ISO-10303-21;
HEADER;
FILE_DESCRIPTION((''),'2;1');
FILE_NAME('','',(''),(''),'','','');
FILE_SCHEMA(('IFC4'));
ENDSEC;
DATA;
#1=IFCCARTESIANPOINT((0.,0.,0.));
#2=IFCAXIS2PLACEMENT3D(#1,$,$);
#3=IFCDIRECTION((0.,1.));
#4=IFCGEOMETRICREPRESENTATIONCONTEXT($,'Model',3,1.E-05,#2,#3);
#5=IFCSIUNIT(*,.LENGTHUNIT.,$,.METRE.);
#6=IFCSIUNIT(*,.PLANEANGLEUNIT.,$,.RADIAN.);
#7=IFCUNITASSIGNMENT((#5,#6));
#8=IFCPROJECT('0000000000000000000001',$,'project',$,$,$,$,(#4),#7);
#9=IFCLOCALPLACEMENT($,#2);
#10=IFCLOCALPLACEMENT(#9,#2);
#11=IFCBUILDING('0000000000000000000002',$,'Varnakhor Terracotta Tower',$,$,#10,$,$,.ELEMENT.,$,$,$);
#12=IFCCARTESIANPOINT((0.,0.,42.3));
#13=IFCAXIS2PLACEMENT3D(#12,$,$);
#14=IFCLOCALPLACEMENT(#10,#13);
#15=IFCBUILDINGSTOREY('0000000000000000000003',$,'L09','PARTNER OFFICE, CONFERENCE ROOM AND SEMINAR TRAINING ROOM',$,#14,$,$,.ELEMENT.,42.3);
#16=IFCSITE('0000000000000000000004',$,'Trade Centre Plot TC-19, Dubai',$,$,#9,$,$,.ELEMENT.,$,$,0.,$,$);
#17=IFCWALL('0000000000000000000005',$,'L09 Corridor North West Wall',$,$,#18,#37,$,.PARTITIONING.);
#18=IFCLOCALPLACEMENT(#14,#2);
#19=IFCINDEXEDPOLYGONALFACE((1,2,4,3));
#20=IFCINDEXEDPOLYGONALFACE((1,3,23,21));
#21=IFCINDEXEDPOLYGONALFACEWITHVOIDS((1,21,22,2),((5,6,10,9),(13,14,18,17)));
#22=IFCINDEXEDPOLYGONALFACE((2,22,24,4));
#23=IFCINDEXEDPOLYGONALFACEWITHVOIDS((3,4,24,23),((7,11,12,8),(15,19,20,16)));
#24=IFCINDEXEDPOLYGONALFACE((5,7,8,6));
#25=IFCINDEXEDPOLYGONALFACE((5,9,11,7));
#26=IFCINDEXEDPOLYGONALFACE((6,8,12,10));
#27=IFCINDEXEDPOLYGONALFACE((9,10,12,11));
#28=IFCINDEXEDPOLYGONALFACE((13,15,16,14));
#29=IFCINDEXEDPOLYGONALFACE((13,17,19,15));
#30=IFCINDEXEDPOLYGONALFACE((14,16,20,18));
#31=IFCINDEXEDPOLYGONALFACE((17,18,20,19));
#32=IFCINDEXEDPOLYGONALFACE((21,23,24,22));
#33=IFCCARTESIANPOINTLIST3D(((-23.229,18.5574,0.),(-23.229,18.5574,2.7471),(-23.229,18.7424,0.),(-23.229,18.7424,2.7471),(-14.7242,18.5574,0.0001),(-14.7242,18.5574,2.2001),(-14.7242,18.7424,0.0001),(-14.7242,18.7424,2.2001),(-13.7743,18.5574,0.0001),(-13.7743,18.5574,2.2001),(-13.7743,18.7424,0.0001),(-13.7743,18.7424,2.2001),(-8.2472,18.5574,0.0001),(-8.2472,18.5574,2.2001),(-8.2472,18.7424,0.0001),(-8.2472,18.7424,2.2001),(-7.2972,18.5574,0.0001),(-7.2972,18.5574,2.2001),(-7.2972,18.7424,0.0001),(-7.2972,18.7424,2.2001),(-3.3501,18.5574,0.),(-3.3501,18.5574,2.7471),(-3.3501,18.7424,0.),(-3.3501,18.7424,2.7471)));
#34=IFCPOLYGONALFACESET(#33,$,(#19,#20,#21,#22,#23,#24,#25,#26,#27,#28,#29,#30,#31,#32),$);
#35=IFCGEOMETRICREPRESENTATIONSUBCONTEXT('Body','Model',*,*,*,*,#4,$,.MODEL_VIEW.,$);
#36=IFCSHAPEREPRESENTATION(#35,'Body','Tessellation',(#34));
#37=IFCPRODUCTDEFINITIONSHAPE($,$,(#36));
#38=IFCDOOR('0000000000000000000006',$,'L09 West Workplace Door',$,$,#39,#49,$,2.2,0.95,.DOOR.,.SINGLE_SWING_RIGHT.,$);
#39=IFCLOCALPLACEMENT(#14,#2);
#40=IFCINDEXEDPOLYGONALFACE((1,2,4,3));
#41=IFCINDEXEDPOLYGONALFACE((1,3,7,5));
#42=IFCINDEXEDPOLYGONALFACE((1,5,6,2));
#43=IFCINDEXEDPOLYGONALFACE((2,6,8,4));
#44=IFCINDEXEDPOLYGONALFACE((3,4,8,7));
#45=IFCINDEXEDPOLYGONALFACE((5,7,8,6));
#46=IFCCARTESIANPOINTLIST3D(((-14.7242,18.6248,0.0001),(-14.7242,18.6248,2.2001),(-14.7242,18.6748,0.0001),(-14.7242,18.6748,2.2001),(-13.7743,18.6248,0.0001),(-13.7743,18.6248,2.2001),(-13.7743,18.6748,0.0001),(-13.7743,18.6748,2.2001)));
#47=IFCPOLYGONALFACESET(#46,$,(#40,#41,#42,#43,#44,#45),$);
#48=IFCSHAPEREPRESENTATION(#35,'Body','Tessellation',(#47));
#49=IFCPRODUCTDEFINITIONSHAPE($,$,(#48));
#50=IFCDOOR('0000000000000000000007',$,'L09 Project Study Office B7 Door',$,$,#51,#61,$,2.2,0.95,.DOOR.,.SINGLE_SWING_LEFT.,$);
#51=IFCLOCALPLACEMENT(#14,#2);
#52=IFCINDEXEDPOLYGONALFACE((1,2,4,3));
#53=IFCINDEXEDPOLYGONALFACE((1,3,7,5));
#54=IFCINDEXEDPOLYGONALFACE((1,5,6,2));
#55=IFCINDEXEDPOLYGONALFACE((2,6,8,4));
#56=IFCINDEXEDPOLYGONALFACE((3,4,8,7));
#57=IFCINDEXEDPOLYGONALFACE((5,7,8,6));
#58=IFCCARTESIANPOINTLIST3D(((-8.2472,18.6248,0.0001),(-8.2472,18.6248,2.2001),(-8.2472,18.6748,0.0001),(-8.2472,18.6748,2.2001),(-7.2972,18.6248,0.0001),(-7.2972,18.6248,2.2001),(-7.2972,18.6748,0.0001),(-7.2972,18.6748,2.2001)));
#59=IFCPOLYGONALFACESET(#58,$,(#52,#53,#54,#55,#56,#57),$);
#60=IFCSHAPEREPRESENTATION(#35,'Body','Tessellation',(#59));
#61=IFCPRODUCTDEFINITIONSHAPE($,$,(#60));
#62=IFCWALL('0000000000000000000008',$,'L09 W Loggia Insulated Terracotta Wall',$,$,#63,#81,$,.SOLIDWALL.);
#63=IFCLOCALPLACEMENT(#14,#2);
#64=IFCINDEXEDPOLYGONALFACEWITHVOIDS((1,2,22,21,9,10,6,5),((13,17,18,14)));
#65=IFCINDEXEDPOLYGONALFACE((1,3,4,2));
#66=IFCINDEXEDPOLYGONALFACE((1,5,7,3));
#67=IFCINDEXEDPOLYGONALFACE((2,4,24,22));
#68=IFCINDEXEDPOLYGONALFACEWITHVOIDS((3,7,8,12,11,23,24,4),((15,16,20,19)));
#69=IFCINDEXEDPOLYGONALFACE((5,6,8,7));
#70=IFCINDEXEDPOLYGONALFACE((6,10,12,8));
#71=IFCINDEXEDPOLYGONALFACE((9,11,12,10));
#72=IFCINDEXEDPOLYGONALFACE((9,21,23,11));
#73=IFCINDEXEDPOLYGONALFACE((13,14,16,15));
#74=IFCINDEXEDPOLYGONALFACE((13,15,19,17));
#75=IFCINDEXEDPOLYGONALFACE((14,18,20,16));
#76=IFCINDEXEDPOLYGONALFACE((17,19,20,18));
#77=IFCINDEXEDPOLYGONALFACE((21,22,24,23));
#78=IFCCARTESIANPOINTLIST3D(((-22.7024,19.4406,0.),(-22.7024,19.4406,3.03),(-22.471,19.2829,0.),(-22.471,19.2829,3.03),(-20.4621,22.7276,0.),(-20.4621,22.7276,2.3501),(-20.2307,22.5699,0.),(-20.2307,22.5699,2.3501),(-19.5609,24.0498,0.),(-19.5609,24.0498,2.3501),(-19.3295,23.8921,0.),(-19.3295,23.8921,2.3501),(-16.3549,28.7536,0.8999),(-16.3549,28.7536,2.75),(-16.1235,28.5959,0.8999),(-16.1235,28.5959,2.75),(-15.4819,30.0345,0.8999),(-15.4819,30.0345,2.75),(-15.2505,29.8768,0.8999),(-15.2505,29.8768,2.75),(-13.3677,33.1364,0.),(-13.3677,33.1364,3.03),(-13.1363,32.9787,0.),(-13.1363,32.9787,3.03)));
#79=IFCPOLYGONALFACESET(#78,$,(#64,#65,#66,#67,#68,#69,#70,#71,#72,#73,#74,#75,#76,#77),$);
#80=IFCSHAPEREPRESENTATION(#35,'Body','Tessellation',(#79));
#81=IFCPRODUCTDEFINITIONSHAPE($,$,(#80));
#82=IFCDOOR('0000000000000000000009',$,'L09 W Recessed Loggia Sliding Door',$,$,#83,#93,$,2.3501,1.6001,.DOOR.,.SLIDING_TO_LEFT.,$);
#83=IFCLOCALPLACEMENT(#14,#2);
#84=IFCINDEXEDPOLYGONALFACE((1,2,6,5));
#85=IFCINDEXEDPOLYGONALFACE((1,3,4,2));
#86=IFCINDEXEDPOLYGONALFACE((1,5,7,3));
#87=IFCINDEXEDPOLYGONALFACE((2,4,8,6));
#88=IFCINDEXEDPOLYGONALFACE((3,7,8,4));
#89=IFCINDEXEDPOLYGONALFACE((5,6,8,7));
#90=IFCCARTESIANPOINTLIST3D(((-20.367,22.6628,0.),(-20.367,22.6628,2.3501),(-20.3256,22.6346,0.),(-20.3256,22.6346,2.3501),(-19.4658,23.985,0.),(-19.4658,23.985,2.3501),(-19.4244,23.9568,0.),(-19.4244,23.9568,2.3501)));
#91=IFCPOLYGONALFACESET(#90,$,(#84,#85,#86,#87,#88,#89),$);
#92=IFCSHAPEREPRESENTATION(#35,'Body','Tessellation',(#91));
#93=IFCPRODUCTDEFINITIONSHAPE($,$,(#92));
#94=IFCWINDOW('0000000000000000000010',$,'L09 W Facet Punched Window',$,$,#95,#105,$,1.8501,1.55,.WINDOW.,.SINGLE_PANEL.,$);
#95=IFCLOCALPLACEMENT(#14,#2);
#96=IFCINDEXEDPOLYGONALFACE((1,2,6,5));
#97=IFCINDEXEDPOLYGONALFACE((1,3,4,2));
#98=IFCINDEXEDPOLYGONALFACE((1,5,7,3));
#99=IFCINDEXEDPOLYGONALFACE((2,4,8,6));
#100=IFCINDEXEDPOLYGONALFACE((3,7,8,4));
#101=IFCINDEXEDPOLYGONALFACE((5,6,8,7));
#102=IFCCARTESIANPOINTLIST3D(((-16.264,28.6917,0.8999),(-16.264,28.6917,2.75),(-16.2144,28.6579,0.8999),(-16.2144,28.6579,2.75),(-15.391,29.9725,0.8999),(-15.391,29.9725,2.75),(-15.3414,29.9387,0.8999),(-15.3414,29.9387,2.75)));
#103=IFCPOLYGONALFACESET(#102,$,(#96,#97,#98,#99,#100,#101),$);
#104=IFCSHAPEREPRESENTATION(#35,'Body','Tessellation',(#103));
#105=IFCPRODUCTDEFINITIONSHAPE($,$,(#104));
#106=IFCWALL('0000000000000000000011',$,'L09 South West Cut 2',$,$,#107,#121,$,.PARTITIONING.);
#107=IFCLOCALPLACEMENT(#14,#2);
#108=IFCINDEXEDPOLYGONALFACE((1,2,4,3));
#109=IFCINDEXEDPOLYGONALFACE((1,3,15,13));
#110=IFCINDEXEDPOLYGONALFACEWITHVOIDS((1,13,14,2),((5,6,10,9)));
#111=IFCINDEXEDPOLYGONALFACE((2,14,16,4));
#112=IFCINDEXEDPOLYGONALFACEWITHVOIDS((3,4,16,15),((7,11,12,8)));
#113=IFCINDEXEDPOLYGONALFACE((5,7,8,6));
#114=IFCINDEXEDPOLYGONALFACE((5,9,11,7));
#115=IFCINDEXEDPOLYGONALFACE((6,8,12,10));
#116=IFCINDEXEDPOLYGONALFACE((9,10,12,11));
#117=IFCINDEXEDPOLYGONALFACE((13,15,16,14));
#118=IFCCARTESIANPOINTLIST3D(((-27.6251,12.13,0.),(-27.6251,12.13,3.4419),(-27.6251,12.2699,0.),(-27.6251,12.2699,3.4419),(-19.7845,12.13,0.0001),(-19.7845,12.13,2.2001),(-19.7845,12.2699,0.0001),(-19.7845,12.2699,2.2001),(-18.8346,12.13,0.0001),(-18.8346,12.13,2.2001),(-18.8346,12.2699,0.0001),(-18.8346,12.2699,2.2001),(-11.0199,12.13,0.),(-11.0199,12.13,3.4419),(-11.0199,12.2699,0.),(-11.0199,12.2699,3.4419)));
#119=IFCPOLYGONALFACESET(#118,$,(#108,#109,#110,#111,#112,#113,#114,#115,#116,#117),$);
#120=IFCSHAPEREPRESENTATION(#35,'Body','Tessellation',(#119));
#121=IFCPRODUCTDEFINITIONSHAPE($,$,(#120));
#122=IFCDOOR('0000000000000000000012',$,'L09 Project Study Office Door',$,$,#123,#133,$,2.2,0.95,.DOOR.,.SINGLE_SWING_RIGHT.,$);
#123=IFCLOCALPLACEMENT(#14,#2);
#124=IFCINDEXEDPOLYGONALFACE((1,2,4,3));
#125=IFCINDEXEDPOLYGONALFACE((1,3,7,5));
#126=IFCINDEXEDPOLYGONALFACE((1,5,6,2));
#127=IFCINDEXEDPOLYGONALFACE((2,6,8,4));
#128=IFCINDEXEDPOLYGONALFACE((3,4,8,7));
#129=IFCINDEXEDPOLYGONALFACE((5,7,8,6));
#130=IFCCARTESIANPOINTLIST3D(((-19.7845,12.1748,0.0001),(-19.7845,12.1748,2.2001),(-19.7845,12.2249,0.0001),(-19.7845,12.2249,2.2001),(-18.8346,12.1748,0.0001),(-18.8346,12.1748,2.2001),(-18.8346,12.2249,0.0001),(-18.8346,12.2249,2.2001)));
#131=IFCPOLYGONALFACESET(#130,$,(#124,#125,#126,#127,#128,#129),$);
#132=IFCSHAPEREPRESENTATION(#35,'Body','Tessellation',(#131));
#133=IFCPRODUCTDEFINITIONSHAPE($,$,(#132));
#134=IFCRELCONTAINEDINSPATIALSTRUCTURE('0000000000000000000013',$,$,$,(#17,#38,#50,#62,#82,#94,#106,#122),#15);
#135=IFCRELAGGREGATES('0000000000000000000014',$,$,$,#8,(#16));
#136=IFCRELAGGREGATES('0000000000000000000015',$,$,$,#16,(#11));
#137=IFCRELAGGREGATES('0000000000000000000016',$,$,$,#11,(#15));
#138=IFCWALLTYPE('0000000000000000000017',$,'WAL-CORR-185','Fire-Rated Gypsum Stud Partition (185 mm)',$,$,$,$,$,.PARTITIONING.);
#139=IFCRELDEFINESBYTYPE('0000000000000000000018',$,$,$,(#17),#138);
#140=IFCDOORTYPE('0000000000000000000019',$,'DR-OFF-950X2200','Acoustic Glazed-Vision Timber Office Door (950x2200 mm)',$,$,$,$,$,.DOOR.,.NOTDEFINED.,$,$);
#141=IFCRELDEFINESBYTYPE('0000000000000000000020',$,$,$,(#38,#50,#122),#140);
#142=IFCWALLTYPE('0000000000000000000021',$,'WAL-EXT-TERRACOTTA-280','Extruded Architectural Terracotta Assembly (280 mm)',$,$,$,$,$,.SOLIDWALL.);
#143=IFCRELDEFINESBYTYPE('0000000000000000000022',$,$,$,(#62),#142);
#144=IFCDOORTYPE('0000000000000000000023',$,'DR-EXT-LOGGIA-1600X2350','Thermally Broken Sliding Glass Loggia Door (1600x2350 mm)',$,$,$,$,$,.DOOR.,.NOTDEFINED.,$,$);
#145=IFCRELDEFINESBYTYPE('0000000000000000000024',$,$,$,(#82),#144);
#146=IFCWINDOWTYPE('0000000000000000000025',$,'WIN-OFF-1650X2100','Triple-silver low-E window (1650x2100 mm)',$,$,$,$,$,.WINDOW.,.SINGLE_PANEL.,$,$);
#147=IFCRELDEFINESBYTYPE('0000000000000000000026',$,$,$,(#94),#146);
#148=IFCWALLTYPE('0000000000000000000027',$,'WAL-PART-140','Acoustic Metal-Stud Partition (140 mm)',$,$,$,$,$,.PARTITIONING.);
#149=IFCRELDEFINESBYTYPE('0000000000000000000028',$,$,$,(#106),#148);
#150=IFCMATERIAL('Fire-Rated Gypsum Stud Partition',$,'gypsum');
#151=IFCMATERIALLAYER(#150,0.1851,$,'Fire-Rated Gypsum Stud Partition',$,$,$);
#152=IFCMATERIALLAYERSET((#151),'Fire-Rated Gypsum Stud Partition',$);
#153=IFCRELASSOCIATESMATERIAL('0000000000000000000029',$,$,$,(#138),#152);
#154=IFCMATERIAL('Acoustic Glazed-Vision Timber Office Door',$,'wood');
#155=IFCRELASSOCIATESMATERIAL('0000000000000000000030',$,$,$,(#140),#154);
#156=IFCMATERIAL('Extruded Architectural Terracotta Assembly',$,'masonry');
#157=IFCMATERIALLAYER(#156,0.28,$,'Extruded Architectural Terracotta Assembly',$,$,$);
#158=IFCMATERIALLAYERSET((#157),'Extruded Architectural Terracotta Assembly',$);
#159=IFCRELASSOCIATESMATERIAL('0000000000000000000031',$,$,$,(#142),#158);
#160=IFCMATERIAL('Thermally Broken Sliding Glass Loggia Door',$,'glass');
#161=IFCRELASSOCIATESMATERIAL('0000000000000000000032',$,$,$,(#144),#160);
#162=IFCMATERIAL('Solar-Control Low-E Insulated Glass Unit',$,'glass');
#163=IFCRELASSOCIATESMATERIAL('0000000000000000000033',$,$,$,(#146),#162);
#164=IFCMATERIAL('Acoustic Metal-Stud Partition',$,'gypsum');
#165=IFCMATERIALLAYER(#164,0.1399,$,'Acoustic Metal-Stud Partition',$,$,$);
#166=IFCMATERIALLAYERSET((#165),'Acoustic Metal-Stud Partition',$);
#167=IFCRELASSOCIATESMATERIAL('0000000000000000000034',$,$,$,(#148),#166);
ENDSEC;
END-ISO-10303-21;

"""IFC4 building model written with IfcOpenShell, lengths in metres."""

from ifc_helpers import new_model, si_unit, direction, frame, frame_2d, origin, place, context, subcontext, project, spatial, rectangle, extrude, source, transform, mapped, material, layer, layer_set, type_object, type_shapes, element, fill, save


model = new_model("IFC4")

# Units and contexts
model_context = context("Model", 3, precision=1e-05, world=origin(), true_north=direction((0.0, 1.0)))
body_context = subcontext(model_context, "Body", "Model", "MODEL_VIEW")
ifc_project = project(units=[si_unit("LENGTHUNIT", "METRE"), si_unit("PLANEANGLEUNIT", "RADIAN")], contexts=[model_context])

# Site, building, storey
site_placement = place(None, origin())
site = spatial("IfcSite", under=ifc_project, at=site_placement, Name="Trade Centre Plot TC-19, Dubai", CompositionType="ELEMENT", RefElevation=0.0)
building_placement = place(site_placement, origin())
building = spatial("IfcBuilding", under=site, at=building_placement, Name="Varnakhor Terracotta Tower", CompositionType="ELEMENT")
storey_placement = place(building_placement, frame((0.0, 0.0, 42.3)))
storey = spatial("IfcBuildingStorey", under=building, at=storey_placement, Name="L09", Description="PARTNER OFFICE, CONFERENCE ROOM AND SEMINAR TRAINING ROOM", CompositionType="ELEMENT", Elevation=42.3)

# Shared definitions
ifc_material_1 = material(Name="Fire-Rated Gypsum Stud Partition", Category="gypsum")
ifc_layer_1 = layer(ifc_material_1, 0.1851, Name="Fire-Rated Gypsum Stud Partition")
ifc_layer_set_1 = layer_set([ifc_layer_1], Name="Fire-Rated Gypsum Stud Partition")
wall_type_1 = type_object("IfcWallType", Name="WAL-CORR-185", Description="Fire-Rated Gypsum Stud Partition (185 mm)", PredefinedType="PARTITIONING", material=ifc_layer_set_1)
ifc_material_2 = material(Name="Acoustic Glazed-Vision Timber Office Door", Category="wood")
door_type_1 = type_object("IfcDoorType", Name="DR-OFF-950X2200", Description="Acoustic Glazed-Vision Timber Office Door (950x2200 mm)", OperationType="NOTDEFINED", PredefinedType="DOOR", material=ifc_material_2)
shared_shape_1 = source(origin(), body_context, "Body", "SweptSolid", [
    extrude(rectangle(XDim=0.95, YDim=2.2, at=frame_2d((0.4751, 1.1001))), frame((0.0, 0.0249, 0.0), z_axis=(0.0, -1.0, 0.0), x_axis=(1.0, 0.0, 0.0)), (0.0, 0.0, 1.0), 0.05),
])
type_shapes(door_type_1, [shared_shape_1])

# Wall, openings, doors
wall_1_placement = place(storey_placement, frame((-23.229, 18.6499, 0.0), z_axis=(0.0, 0.0, 1.0), x_axis=(1.0, 0.0, 0.0)))
wall_1 = element("IfcWall", 1, at=wall_1_placement, inside=storey, type_object=wall_type_1, Name="L09 Corridor North West Wall", PredefinedType="PARTITIONING", context=body_context, shape_type="SweptSolid", body=[
    extrude(rectangle(XDim=19.8789, YDim=0.1851, at=frame_2d((9.9395, 0.0))), origin(), (0.0, 0.0, 1.0), 2.7471),
])
opening_1_placement = place(wall_1_placement, frame((8.5046, 0.0, 0.0)))
opening_1 = element("IfcOpeningElement", 2, at=opening_1_placement, cuts=wall_1, PredefinedType="OPENING", context=body_context, shape_type="SweptSolid", body=[
    extrude(rectangle(XDim=0.95, YDim=2.2, at=frame_2d((0.4751, 1.1001))), frame((0.0, 0.1025, 0.0), z_axis=(0.0, -1.0, 0.0), x_axis=(1.0, 0.0, 0.0)), (0.0, 0.0, 1.0), 0.2051),
])
opening_2_placement = place(wall_1_placement, frame((14.9817, 0.0, 0.0)))
opening_2 = element("IfcOpeningElement", 3, at=opening_2_placement, cuts=wall_1, PredefinedType="OPENING", context=body_context, shape_type="SweptSolid", body=[
    extrude(rectangle(XDim=0.95, YDim=2.2, at=frame_2d((0.4751, 1.1001))), frame((0.0, 0.1025, 0.0), z_axis=(0.0, -1.0, 0.0), x_axis=(1.0, 0.0, 0.0)), (0.0, 0.0, 1.0), 0.2051),
])
door_1_placement = place(opening_1_placement, origin())
door_1 = element("IfcDoor", 4, at=door_1_placement, inside=storey, type_object=door_type_1, Name="L09 West Workplace Door", OperationType="SINGLE_SWING_RIGHT", OverallHeight=2.2, OverallWidth=0.95, PredefinedType="DOOR", context=body_context, shape_type="MappedRepresentation", body=[
    mapped(shared_shape_1, transform((0.0, 0.0, 0.0), scale=1.0)),
])
fill(opening_1, door_1)
door_2_placement = place(opening_2_placement, origin())
door_2 = element("IfcDoor", 5, at=door_2_placement, inside=storey, type_object=door_type_1, Name="L09 Project Study Office B7 Door", OperationType="SINGLE_SWING_LEFT", OverallHeight=2.2, OverallWidth=0.95, PredefinedType="DOOR", context=body_context, shape_type="MappedRepresentation", body=[
    mapped(shared_shape_1, transform((0.0, 0.0, 0.0), scale=1.0)),
])
fill(opening_2, door_2)

# Wall, openings, door, window
ifc_material_3 = material(Name="Extruded Architectural Terracotta Assembly", Category="masonry")
ifc_layer_2 = layer(ifc_material_3, 0.28, Name="Extruded Architectural Terracotta Assembly")
ifc_layer_set_2 = layer_set([ifc_layer_2], Name="Extruded Architectural Terracotta Assembly")
wall_type_2 = type_object("IfcWallType", Name="WAL-EXT-TERRACOTTA-280", Description="Extruded Architectural Terracotta Assembly (280 mm)", PredefinedType="SOLIDWALL", material=ifc_layer_set_2)
wall_2_placement = place(storey_placement, frame((-22.5867, 19.3618, 0.0), z_axis=(0.0, 0.0, 1.0), x_axis=(0.5632, 0.826321, 0.0)))
wall_2 = element("IfcWall", 6, at=wall_2_placement, inside=storey, type_object=wall_type_2, Name="L09 W Loggia Insulated Terracotta Wall", PredefinedType="SOLIDWALL", context=body_context, shape_type="SweptSolid", body=[
    extrude(rectangle(XDim=16.5745, YDim=0.28, at=frame_2d((8.2871, 0.0))), origin(), (0.0, 0.0, 1.0), 3.03),
])
opening_3_placement = place(wall_2_placement, frame((3.9778, 0.0, 0.0)))
opening_3 = element("IfcOpeningElement", 7, at=opening_3_placement, cuts=wall_2, PredefinedType="OPENING", context=body_context, shape_type="SweptSolid", body=[
    extrude(rectangle(XDim=1.6001, YDim=2.3501, at=frame_2d((0.8, 1.175))), frame((0.0, 0.1499, 0.0), z_axis=(0.0, -1.0, 0.0), x_axis=(1.0, 0.0, 0.0)), (0.0, 0.0, 1.0), 0.3),
])
opening_4_placement = place(wall_2_placement, frame((11.2705, 0.0, 0.8999)))
opening_4 = element("IfcOpeningElement", 8, at=opening_4_placement, cuts=wall_2, PredefinedType="OPENING", context=body_context, shape_type="SweptSolid", body=[
    extrude(rectangle(XDim=1.55, YDim=1.8501, at=frame_2d((0.7749, 0.925))), frame((0.0, 0.1499, 0.0), z_axis=(0.0, -1.0, 0.0), x_axis=(1.0, 0.0, 0.0)), (0.0, 0.0, 1.0), 0.3),
])
ifc_material_4 = material(Name="Thermally Broken Sliding Glass Loggia Door", Category="glass")
door_type_2 = type_object("IfcDoorType", Name="DR-EXT-LOGGIA-1600X2350", Description="Thermally Broken Sliding Glass Loggia Door (1600x2350 mm)", OperationType="NOTDEFINED", PredefinedType="DOOR", material=ifc_material_4)
shared_shape_2 = source(origin(), body_context, "Body", "SweptSolid", [
    extrude(rectangle(XDim=1.6001, YDim=2.3501, at=frame_2d((0.8, 1.175))), frame((0.0, 0.0249, 0.0), z_axis=(0.0, -1.0, 0.0), x_axis=(1.0, 0.0, 0.0)), (0.0, 0.0, 1.0), 0.05),
])
type_shapes(door_type_2, [shared_shape_2])
door_3_placement = place(opening_3_placement, origin())
door_3 = element("IfcDoor", 9, at=door_3_placement, inside=storey, type_object=door_type_2, Name="L09 W Recessed Loggia Sliding Door", OperationType="SLIDING_TO_LEFT", OverallHeight=2.3501, OverallWidth=1.6001, PredefinedType="DOOR", context=body_context, shape_type="MappedRepresentation", body=[
    mapped(shared_shape_2, transform((0.0, 0.0, 0.0), scale=1.0)),
])
fill(opening_3, door_3)
ifc_material_5 = material(Name="Solar-Control Low-E Insulated Glass Unit", Category="glass")
window_type = type_object("IfcWindowType", Name="WIN-OFF-1650X2100", Description="Triple-silver low-E window (1650x2100 mm)", PartitioningType="SINGLE_PANEL", PredefinedType="WINDOW", material=ifc_material_5)
shared_shape_3 = source(origin(), body_context, "Body", "SweptSolid", [
    extrude(rectangle(XDim=1.55, YDim=1.8501, at=frame_2d((0.7749, 0.925))), frame((0.0, 0.03, 0.0), z_axis=(0.0, -1.0, 0.0), x_axis=(1.0, 0.0, 0.0)), (0.0, 0.0, 1.0), 0.0601),
])
type_shapes(window_type, [shared_shape_3])
window_placement = place(opening_4_placement, origin())
window = element("IfcWindow", 10, at=window_placement, inside=storey, type_object=window_type, Name="L09 W Facet Punched Window", OverallHeight=1.8501, OverallWidth=1.55, PartitioningType="SINGLE_PANEL", PredefinedType="WINDOW", context=body_context, shape_type="MappedRepresentation", body=[
    mapped(shared_shape_3, transform((0.0, 0.0, 0.0), scale=1.0)),
])
fill(opening_4, window)

# Wall, opening, door
ifc_material_6 = material(Name="Acoustic Metal-Stud Partition", Category="gypsum")
ifc_layer_3 = layer(ifc_material_6, 0.1399, Name="Acoustic Metal-Stud Partition")
ifc_layer_set_3 = layer_set([ifc_layer_3], Name="Acoustic Metal-Stud Partition")
wall_type_3 = type_object("IfcWallType", Name="WAL-PART-140", Description="Acoustic Metal-Stud Partition (140 mm)", PredefinedType="PARTITIONING", material=ifc_layer_set_3)
wall_3_placement = place(storey_placement, frame((-27.6252, 12.2, 0.0), z_axis=(0.0, 0.0, 1.0), x_axis=(1.0, 0.0, 0.0)))
wall_3 = element("IfcWall", 11, at=wall_3_placement, inside=storey, type_object=wall_type_3, Name="L09 South West Cut 2", PredefinedType="PARTITIONING", context=body_context, shape_type="SweptSolid", body=[
    extrude(rectangle(XDim=16.6052, YDim=0.1399, at=frame_2d((8.3027, 0.0))), origin(), (0.0, 0.0, 1.0), 3.4419),
])
opening_5_placement = place(wall_3_placement, frame((7.8406, 0.0, 0.0)))
opening_5 = element("IfcOpeningElement", 12, at=opening_5_placement, cuts=wall_3, PredefinedType="OPENING", context=body_context, shape_type="SweptSolid", body=[
    extrude(rectangle(XDim=0.95, YDim=2.2, at=frame_2d((0.4751, 1.1001))), frame((0.0, 0.0801, 0.0), z_axis=(0.0, -1.0, 0.0), x_axis=(1.0, 0.0, 0.0)), (0.0, 0.0, 1.0), 0.1599),
])
door_4_placement = place(opening_5_placement, origin())
door_4 = element("IfcDoor", 13, at=door_4_placement, inside=storey, type_object=door_type_1, Name="L09 Project Study Office Door", OperationType="SINGLE_SWING_RIGHT", OverallHeight=2.2, OverallWidth=0.95, PredefinedType="DOOR", context=body_context, shape_type="MappedRepresentation", body=[
    mapped(shared_shape_1, transform((0.0, 0.0, 0.0), scale=1.0)),
])
fill(opening_5, door_4)

save(model, "model.ifc")
